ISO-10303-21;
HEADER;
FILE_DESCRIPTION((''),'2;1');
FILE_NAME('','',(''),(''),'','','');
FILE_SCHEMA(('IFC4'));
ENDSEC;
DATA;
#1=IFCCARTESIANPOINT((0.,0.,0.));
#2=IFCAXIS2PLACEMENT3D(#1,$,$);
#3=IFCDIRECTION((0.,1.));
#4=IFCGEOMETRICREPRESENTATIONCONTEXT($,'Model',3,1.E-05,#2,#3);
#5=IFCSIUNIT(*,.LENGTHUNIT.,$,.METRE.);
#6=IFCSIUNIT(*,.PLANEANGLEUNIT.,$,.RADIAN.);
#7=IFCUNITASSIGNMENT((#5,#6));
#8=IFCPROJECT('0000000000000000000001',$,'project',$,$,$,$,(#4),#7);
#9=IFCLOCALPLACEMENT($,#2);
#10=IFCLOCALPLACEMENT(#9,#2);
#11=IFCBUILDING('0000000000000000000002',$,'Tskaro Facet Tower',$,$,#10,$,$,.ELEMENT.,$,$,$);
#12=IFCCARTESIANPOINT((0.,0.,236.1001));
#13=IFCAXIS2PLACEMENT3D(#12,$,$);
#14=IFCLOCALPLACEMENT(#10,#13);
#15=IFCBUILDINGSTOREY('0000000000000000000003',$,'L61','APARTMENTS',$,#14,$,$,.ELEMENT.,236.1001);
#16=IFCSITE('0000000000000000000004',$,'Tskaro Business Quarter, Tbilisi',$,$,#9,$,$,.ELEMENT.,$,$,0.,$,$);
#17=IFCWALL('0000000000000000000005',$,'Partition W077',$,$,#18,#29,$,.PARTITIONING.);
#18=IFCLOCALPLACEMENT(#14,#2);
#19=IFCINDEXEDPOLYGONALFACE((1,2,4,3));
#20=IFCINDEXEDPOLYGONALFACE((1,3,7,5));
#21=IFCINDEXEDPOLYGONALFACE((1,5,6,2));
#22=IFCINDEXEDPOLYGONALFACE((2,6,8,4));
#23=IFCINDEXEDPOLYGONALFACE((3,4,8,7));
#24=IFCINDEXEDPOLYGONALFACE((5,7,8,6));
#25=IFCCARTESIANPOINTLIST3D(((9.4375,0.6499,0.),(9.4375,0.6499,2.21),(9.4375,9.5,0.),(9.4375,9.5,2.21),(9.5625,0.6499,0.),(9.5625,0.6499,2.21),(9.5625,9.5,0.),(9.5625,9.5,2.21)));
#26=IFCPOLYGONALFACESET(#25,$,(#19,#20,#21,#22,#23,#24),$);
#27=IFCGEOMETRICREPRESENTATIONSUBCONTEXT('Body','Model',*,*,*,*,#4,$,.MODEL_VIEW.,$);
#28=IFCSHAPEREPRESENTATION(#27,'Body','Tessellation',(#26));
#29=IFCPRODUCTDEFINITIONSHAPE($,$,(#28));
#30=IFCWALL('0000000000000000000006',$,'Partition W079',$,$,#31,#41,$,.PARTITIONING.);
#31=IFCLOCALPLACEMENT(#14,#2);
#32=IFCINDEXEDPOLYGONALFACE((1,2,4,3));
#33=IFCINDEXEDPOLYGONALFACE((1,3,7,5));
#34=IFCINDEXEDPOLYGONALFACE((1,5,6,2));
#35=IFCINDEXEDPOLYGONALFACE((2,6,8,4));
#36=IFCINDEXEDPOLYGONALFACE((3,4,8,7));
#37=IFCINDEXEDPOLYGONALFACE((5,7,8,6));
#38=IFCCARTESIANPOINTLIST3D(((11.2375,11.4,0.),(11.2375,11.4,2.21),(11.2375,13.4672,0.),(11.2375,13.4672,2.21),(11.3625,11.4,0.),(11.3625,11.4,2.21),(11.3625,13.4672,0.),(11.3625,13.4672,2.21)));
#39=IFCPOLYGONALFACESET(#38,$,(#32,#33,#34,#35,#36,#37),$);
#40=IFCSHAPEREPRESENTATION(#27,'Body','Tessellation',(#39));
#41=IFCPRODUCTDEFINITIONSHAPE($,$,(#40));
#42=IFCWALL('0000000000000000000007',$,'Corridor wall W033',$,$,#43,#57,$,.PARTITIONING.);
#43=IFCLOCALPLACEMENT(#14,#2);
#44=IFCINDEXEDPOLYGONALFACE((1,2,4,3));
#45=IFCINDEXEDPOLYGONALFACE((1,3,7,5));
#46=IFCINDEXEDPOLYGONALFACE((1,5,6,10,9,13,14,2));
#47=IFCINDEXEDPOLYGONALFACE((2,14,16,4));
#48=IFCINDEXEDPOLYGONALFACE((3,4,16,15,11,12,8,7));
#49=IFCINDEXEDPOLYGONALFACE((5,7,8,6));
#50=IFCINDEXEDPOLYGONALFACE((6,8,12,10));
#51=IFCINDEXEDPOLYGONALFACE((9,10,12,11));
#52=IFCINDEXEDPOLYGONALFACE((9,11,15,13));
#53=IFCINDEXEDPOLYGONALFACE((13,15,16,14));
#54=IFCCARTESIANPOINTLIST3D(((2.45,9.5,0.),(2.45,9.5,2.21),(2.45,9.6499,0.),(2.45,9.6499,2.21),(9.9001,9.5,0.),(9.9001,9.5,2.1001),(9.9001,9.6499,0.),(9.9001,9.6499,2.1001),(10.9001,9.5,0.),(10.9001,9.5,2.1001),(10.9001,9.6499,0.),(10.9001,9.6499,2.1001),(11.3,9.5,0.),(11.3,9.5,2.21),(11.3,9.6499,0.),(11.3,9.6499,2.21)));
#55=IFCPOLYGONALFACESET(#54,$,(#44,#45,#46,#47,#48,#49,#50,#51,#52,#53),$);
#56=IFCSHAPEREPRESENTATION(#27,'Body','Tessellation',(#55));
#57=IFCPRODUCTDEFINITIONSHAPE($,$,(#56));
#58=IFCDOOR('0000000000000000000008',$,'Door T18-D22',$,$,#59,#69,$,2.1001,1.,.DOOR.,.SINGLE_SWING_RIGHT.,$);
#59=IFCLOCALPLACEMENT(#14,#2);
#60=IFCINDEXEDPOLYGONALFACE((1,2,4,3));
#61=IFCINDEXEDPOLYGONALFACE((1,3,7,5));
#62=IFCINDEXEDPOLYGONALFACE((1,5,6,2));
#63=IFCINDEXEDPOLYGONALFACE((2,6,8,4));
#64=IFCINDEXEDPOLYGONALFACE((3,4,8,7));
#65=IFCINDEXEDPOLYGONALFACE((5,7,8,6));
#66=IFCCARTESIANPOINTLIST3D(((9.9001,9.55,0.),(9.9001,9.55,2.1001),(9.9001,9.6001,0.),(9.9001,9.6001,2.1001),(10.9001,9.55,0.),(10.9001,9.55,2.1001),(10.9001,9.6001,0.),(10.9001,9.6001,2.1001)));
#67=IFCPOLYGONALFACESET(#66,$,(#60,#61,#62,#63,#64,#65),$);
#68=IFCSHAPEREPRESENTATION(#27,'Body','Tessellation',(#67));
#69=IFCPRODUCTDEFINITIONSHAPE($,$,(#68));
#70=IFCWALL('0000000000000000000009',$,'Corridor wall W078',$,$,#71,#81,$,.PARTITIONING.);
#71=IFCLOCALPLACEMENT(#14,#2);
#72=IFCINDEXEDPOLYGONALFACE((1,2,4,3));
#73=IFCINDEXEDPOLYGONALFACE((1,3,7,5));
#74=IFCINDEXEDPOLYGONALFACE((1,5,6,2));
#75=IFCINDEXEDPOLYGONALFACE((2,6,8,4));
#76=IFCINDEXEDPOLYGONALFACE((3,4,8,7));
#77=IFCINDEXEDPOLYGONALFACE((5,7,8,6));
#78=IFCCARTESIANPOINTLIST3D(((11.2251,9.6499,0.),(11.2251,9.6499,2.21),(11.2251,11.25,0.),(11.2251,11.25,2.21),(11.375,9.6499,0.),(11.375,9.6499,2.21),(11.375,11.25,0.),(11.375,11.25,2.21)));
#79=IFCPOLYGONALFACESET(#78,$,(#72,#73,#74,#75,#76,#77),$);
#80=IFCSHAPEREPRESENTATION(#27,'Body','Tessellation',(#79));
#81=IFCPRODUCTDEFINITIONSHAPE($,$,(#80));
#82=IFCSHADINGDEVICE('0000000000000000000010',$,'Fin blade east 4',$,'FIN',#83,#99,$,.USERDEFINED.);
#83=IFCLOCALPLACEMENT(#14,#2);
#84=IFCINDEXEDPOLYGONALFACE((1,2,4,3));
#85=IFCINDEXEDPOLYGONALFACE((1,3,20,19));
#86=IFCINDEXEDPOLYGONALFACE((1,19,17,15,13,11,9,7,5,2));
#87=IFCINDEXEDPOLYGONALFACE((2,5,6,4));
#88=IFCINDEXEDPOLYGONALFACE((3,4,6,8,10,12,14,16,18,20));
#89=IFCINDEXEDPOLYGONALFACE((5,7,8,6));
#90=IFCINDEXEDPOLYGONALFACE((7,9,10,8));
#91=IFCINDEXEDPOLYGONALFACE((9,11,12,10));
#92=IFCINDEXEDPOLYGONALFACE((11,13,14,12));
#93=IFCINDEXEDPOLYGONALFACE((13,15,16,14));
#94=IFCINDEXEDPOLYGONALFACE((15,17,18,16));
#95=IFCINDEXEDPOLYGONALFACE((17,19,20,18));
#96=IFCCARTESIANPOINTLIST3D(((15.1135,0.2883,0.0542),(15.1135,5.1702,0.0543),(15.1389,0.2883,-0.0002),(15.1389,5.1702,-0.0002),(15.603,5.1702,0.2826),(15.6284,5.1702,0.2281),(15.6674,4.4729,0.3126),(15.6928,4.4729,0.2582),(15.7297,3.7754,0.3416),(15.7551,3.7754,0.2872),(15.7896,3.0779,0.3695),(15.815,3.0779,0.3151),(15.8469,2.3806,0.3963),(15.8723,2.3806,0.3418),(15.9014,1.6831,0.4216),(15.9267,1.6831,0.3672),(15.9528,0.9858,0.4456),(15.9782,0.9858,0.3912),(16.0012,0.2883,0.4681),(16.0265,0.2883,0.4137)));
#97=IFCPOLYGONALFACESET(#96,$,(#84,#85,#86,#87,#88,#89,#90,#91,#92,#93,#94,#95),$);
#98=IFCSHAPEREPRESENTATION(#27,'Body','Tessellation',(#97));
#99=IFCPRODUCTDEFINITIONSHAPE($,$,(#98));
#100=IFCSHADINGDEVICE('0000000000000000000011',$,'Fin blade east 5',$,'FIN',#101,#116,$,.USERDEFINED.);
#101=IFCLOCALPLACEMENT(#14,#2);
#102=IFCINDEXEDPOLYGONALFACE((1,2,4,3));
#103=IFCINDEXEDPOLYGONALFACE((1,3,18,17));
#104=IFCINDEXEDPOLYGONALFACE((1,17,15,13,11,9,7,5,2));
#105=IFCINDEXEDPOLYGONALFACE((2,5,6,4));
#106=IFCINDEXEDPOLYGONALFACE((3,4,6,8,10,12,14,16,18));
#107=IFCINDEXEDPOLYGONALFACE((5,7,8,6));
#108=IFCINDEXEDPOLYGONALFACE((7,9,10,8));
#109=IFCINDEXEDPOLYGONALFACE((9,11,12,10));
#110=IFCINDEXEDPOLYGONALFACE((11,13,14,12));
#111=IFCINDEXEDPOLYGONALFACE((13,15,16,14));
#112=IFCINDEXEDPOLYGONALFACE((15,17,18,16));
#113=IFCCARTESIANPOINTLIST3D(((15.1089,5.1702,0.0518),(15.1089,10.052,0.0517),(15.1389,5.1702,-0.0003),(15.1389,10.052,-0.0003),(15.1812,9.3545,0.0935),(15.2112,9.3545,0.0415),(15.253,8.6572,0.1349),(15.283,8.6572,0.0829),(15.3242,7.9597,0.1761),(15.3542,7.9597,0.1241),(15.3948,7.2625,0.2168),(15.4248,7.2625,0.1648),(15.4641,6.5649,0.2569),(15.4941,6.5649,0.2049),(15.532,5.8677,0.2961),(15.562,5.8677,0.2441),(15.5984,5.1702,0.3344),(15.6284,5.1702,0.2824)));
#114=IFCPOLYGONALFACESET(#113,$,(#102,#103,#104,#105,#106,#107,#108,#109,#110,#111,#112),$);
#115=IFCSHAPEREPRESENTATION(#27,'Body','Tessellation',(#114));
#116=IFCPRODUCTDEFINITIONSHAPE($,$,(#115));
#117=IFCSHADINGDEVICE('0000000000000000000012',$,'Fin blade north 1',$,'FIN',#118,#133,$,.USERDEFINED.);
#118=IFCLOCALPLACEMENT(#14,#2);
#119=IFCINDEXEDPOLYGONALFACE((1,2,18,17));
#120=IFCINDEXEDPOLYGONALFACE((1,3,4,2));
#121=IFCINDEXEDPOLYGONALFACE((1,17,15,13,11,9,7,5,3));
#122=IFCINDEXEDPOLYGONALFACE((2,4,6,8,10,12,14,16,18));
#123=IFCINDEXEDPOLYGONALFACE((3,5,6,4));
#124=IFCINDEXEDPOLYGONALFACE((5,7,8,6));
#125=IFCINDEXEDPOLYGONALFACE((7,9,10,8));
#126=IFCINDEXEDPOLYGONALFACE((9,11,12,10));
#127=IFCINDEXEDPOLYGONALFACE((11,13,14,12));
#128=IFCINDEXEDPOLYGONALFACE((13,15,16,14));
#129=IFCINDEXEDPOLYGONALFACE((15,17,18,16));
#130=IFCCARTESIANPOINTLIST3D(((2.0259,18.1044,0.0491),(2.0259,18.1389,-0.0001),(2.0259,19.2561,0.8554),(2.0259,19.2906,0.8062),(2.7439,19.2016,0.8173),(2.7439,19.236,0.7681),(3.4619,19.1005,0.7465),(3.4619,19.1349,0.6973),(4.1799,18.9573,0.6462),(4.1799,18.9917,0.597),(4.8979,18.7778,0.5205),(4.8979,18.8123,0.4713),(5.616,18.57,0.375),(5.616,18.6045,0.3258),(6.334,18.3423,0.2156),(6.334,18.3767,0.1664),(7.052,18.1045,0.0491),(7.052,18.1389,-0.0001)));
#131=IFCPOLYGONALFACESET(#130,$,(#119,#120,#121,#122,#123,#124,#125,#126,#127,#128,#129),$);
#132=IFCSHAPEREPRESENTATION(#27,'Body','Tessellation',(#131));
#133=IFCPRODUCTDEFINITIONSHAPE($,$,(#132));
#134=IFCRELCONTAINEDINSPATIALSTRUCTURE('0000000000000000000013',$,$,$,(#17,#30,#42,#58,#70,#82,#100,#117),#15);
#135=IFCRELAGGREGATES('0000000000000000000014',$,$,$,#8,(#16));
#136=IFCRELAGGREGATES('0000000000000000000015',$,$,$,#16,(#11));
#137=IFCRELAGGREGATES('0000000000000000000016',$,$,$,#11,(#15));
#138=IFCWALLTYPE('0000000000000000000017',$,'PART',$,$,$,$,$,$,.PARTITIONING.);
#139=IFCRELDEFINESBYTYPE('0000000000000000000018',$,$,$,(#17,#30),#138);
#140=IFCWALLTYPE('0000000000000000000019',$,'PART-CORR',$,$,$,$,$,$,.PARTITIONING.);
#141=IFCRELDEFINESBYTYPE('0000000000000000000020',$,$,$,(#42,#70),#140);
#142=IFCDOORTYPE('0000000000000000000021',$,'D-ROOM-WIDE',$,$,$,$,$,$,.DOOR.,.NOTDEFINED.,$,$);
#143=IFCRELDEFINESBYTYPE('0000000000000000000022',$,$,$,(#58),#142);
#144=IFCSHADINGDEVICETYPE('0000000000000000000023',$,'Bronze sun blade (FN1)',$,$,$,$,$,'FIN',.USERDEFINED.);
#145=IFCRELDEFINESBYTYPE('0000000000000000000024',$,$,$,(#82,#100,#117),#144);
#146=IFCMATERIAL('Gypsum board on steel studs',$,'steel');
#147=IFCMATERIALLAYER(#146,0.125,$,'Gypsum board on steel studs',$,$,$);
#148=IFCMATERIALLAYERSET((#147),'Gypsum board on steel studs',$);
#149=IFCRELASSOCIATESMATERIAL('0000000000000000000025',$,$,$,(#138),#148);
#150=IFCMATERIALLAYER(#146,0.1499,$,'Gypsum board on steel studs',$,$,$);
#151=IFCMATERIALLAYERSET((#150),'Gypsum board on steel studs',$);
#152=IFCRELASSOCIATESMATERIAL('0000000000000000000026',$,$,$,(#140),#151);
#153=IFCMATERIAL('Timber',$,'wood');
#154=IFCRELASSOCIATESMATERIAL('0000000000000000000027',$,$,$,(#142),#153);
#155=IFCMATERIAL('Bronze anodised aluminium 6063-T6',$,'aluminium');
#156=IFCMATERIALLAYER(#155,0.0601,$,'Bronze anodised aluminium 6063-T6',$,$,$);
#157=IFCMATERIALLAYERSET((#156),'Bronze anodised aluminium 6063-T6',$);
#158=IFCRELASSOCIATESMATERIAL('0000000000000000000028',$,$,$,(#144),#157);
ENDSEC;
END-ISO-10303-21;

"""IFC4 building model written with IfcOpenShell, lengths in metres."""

from ifc_helpers import new_model, si_unit, direction, frame, frame_2d, origin, place, context, subcontext, project, spatial, polyline, rectangle, outline, extrude, material, layer, layer_set, type_object, element, fill, save


model = new_model("IFC4")

# Units and contexts
model_context = context("Model", 3, precision=1e-05, world=origin(), true_north=direction((0.0, 1.0)))
body_context = subcontext(model_context, "Body", "Model", "MODEL_VIEW")
ifc_project = project(units=[si_unit("LENGTHUNIT", "METRE"), si_unit("PLANEANGLEUNIT", "RADIAN")], contexts=[model_context])

# Site, building, storey
site_placement = place(None, origin())
site = spatial("IfcSite", under=ifc_project, at=site_placement, Name="Tskaro Business Quarter, Tbilisi", CompositionType="ELEMENT", RefElevation=0.0)
building_placement = place(site_placement, origin())
building = spatial("IfcBuilding", under=site, at=building_placement, Name="Tskaro Facet Tower", CompositionType="ELEMENT")
storey_placement = place(building_placement, frame((0.0, 0.0, 236.1001)))
storey = spatial("IfcBuildingStorey", under=building, at=storey_placement, Name="L61", Description="APARTMENTS", CompositionType="ELEMENT", Elevation=236.1001)

# Shared definitions
ifc_material_1 = material(Name="Bronze anodised aluminium 6063-T6", Category="aluminium")

# Walls
ifc_material_2 = material(Name="Gypsum board on steel studs", Category="steel")
ifc_layer_1 = layer(ifc_material_2, 0.125, Name="Gypsum board on steel studs")
ifc_layer_set_1 = layer_set([ifc_layer_1], Name="Gypsum board on steel studs")
wall_type_1 = type_object("IfcWallType", Name="PART", PredefinedType="PARTITIONING", material=ifc_layer_set_1)
wall_1_placement = place(storey_placement, frame((9.5, 0.6499, 0.0), z_axis=(0.0, 0.0, 1.0), x_axis=(0.0, 1.0, 0.0)))
element("IfcWall", 1, at=wall_1_placement, inside=storey, type_object=wall_type_1, Name="Partition W077", PredefinedType="PARTITIONING", context=body_context, shape_type="SweptSolid", body=[
    extrude(rectangle(XDim=8.8501, YDim=0.125, at=frame_2d((4.425, 0.0))), origin(), (0.0, 0.0, 1.0), 2.21),
])
wall_2_placement = place(storey_placement, frame((11.3, 11.3999, 0.0), z_axis=(0.0, 0.0, 1.0), x_axis=(0.0, 1.0, 0.0)))
element("IfcWall", 2, at=wall_2_placement, inside=storey, type_object=wall_type_1, Name="Partition W079", PredefinedType="PARTITIONING", context=body_context, shape_type="SweptSolid", body=[
    extrude(rectangle(XDim=2.0671, YDim=0.125, at=frame_2d((1.0337, 0.0))), origin(), (0.0, 0.0, 1.0), 2.21),
])

# Wall, opening, door
ifc_layer_2 = layer(ifc_material_2, 0.1499, Name="Gypsum board on steel studs")
ifc_layer_set_2 = layer_set([ifc_layer_2], Name="Gypsum board on steel studs")
wall_type_2 = type_object("IfcWallType", Name="PART-CORR", PredefinedType="PARTITIONING", material=ifc_layer_set_2)
wall_3_placement = place(storey_placement, frame((11.3, 9.575, 0.0), z_axis=(0.0, 0.0, 1.0), x_axis=(-1.0, 0.0, 0.0)))
wall_3 = element("IfcWall", 3, at=wall_3_placement, inside=storey, type_object=wall_type_2, Name="Corridor wall W033", PredefinedType="PARTITIONING", context=body_context, shape_type="SweptSolid", body=[
    extrude(rectangle(XDim=8.8501, YDim=0.1499, at=frame_2d((4.425, 0.0))), origin(), (0.0, 0.0, 1.0), 2.21),
])
opening_placement = place(wall_3_placement, frame((0.3999, 0.0, 0.0)))
opening = element("IfcOpeningElement", 4, at=opening_placement, cuts=wall_3, PredefinedType="OPENING", context=body_context, shape_type="SweptSolid", body=[
    extrude(rectangle(XDim=1.0, YDim=2.1001, at=frame_2d((0.5, 1.05))), frame((0.0, 0.085, 0.0), z_axis=(0.0, -1.0, 0.0), x_axis=(1.0, 0.0, 0.0)), (0.0, 0.0, 1.0), 0.1699),
])
ifc_material_3 = material(Name="Timber", Category="wood")
door_type = type_object("IfcDoorType", Name="D-ROOM-WIDE", OperationType="NOTDEFINED", PredefinedType="DOOR", material=ifc_material_3)
door_placement = place(opening_placement, origin())
door = element("IfcDoor", 5, at=door_placement, inside=storey, type_object=door_type, Name="Door T18-D22", OperationType="SINGLE_SWING_RIGHT", OverallHeight=2.1001, OverallWidth=1.0, PredefinedType="DOOR", context=body_context, shape_type="SweptSolid", body=[
    extrude(rectangle(XDim=1.0, YDim=2.1001, at=frame_2d((0.5, 1.05))), frame((0.0, 0.0249, 0.0), z_axis=(0.0, -1.0, 0.0), x_axis=(1.0, 0.0, 0.0)), (0.0, 0.0, 1.0), 0.05),
])
fill(opening, door)

# Wall
wall_4_placement = place(storey_placement, frame((11.3, 9.6499, 0.0), z_axis=(0.0, 0.0, 1.0), x_axis=(0.0, 1.0, 0.0)))
element("IfcWall", 6, at=wall_4_placement, inside=storey, type_object=wall_type_2, Name="Corridor wall W078", PredefinedType="PARTITIONING", context=body_context, shape_type="SweptSolid", body=[
    extrude(rectangle(XDim=1.6001, YDim=0.1499, at=frame_2d((0.8, 0.0))), origin(), (0.0, 0.0, 1.0), 2.21),
])

# Shading devices
ifc_layer_3 = layer(ifc_material_1, 0.0601, Name="Bronze anodised aluminium 6063-T6")
ifc_layer_set_3 = layer_set([ifc_layer_3], Name="Bronze anodised aluminium 6063-T6")
shading_device_type = type_object("IfcShadingDeviceType", Name="Bronze sun blade (FN1)", ElementType="FIN", PredefinedType="USERDEFINED", material=ifc_layer_set_3)
shading_device_1_placement = place(storey_placement, frame((15.1135, 0.2883, 0.0542), z_axis=(-0.422649, -0.000018, 0.906293), x_axis=(-0.000008, 1.0, 0.000017)))
element("IfcShadingDevice", 7, at=shading_device_1_placement, inside=storey, type_object=shading_device_type, Name="Fin blade east 4", ObjectType="FIN", PredefinedType="USERDEFINED", context=body_context, shape_type="SweptSolid", body=[
    extrude(outline(polyline([(0.0, 0.0), (4.8818, 0.0), (4.8818, -0.5401), (4.1846, -0.6112), (3.4871, -0.6799), (2.7896, -0.746), (2.0923, -0.8092), (1.3948, -0.8693), (0.6975, -0.9261), (0.0, -0.9794), (0.0, 0.0)])), origin(), (0.0, 0.0, -1.0), 0.0601),
])
shading_device_2_placement = place(storey_placement, frame((15.1089, 5.1702, 0.0518), z_axis=(-0.500071, 0.000008, 0.865984), x_axis=(0.000004, 1.0, -0.000007)))
element("IfcShadingDevice", 8, at=shading_device_2_placement, inside=storey, type_object=shading_device_type, Name="Fin blade east 5", ObjectType="FIN", PredefinedType="USERDEFINED", context=body_context, shape_type="SweptSolid", body=[
    extrude(outline(polyline([(0.0, 0.0), (4.8818, 0.0), (4.1843, -0.0835), (3.4871, -0.1664), (2.7896, -0.2486), (2.0923, -0.3301), (1.3948, -0.4102), (0.6975, -0.4886), (0.0, -0.5653), (0.0, 0.0)])), origin(), (0.0, 0.0, -1.0), 0.0601),
])
shading_device_3_placement = place(storey_placement, frame((7.052, 18.1045, 0.0491), z_axis=(0.000017, -0.573527, 0.819187), x_axis=(-1.0, -0.00001, 0.000014)))
element("IfcShadingDevice", 9, at=shading_device_3_placement, inside=storey, type_object=shading_device_type, Name="Fin blade north 1", ObjectType="FIN", PredefinedType="USERDEFINED", context=body_context, shape_type="SweptSolid", body=[
    extrude(outline(polyline([(0.0, 0.0), (5.0261, 0.0), (5.0261, -1.4059), (4.3081, -1.3393), (3.5901, -1.2159), (2.8721, -1.0411), (2.1541, -0.822), (1.436, -0.5683), (0.718, -0.2903), (0.0, 0.0)])), origin(), (0.0, 0.0, -1.0), 0.0601),
])

save(model, "model.ifc")
